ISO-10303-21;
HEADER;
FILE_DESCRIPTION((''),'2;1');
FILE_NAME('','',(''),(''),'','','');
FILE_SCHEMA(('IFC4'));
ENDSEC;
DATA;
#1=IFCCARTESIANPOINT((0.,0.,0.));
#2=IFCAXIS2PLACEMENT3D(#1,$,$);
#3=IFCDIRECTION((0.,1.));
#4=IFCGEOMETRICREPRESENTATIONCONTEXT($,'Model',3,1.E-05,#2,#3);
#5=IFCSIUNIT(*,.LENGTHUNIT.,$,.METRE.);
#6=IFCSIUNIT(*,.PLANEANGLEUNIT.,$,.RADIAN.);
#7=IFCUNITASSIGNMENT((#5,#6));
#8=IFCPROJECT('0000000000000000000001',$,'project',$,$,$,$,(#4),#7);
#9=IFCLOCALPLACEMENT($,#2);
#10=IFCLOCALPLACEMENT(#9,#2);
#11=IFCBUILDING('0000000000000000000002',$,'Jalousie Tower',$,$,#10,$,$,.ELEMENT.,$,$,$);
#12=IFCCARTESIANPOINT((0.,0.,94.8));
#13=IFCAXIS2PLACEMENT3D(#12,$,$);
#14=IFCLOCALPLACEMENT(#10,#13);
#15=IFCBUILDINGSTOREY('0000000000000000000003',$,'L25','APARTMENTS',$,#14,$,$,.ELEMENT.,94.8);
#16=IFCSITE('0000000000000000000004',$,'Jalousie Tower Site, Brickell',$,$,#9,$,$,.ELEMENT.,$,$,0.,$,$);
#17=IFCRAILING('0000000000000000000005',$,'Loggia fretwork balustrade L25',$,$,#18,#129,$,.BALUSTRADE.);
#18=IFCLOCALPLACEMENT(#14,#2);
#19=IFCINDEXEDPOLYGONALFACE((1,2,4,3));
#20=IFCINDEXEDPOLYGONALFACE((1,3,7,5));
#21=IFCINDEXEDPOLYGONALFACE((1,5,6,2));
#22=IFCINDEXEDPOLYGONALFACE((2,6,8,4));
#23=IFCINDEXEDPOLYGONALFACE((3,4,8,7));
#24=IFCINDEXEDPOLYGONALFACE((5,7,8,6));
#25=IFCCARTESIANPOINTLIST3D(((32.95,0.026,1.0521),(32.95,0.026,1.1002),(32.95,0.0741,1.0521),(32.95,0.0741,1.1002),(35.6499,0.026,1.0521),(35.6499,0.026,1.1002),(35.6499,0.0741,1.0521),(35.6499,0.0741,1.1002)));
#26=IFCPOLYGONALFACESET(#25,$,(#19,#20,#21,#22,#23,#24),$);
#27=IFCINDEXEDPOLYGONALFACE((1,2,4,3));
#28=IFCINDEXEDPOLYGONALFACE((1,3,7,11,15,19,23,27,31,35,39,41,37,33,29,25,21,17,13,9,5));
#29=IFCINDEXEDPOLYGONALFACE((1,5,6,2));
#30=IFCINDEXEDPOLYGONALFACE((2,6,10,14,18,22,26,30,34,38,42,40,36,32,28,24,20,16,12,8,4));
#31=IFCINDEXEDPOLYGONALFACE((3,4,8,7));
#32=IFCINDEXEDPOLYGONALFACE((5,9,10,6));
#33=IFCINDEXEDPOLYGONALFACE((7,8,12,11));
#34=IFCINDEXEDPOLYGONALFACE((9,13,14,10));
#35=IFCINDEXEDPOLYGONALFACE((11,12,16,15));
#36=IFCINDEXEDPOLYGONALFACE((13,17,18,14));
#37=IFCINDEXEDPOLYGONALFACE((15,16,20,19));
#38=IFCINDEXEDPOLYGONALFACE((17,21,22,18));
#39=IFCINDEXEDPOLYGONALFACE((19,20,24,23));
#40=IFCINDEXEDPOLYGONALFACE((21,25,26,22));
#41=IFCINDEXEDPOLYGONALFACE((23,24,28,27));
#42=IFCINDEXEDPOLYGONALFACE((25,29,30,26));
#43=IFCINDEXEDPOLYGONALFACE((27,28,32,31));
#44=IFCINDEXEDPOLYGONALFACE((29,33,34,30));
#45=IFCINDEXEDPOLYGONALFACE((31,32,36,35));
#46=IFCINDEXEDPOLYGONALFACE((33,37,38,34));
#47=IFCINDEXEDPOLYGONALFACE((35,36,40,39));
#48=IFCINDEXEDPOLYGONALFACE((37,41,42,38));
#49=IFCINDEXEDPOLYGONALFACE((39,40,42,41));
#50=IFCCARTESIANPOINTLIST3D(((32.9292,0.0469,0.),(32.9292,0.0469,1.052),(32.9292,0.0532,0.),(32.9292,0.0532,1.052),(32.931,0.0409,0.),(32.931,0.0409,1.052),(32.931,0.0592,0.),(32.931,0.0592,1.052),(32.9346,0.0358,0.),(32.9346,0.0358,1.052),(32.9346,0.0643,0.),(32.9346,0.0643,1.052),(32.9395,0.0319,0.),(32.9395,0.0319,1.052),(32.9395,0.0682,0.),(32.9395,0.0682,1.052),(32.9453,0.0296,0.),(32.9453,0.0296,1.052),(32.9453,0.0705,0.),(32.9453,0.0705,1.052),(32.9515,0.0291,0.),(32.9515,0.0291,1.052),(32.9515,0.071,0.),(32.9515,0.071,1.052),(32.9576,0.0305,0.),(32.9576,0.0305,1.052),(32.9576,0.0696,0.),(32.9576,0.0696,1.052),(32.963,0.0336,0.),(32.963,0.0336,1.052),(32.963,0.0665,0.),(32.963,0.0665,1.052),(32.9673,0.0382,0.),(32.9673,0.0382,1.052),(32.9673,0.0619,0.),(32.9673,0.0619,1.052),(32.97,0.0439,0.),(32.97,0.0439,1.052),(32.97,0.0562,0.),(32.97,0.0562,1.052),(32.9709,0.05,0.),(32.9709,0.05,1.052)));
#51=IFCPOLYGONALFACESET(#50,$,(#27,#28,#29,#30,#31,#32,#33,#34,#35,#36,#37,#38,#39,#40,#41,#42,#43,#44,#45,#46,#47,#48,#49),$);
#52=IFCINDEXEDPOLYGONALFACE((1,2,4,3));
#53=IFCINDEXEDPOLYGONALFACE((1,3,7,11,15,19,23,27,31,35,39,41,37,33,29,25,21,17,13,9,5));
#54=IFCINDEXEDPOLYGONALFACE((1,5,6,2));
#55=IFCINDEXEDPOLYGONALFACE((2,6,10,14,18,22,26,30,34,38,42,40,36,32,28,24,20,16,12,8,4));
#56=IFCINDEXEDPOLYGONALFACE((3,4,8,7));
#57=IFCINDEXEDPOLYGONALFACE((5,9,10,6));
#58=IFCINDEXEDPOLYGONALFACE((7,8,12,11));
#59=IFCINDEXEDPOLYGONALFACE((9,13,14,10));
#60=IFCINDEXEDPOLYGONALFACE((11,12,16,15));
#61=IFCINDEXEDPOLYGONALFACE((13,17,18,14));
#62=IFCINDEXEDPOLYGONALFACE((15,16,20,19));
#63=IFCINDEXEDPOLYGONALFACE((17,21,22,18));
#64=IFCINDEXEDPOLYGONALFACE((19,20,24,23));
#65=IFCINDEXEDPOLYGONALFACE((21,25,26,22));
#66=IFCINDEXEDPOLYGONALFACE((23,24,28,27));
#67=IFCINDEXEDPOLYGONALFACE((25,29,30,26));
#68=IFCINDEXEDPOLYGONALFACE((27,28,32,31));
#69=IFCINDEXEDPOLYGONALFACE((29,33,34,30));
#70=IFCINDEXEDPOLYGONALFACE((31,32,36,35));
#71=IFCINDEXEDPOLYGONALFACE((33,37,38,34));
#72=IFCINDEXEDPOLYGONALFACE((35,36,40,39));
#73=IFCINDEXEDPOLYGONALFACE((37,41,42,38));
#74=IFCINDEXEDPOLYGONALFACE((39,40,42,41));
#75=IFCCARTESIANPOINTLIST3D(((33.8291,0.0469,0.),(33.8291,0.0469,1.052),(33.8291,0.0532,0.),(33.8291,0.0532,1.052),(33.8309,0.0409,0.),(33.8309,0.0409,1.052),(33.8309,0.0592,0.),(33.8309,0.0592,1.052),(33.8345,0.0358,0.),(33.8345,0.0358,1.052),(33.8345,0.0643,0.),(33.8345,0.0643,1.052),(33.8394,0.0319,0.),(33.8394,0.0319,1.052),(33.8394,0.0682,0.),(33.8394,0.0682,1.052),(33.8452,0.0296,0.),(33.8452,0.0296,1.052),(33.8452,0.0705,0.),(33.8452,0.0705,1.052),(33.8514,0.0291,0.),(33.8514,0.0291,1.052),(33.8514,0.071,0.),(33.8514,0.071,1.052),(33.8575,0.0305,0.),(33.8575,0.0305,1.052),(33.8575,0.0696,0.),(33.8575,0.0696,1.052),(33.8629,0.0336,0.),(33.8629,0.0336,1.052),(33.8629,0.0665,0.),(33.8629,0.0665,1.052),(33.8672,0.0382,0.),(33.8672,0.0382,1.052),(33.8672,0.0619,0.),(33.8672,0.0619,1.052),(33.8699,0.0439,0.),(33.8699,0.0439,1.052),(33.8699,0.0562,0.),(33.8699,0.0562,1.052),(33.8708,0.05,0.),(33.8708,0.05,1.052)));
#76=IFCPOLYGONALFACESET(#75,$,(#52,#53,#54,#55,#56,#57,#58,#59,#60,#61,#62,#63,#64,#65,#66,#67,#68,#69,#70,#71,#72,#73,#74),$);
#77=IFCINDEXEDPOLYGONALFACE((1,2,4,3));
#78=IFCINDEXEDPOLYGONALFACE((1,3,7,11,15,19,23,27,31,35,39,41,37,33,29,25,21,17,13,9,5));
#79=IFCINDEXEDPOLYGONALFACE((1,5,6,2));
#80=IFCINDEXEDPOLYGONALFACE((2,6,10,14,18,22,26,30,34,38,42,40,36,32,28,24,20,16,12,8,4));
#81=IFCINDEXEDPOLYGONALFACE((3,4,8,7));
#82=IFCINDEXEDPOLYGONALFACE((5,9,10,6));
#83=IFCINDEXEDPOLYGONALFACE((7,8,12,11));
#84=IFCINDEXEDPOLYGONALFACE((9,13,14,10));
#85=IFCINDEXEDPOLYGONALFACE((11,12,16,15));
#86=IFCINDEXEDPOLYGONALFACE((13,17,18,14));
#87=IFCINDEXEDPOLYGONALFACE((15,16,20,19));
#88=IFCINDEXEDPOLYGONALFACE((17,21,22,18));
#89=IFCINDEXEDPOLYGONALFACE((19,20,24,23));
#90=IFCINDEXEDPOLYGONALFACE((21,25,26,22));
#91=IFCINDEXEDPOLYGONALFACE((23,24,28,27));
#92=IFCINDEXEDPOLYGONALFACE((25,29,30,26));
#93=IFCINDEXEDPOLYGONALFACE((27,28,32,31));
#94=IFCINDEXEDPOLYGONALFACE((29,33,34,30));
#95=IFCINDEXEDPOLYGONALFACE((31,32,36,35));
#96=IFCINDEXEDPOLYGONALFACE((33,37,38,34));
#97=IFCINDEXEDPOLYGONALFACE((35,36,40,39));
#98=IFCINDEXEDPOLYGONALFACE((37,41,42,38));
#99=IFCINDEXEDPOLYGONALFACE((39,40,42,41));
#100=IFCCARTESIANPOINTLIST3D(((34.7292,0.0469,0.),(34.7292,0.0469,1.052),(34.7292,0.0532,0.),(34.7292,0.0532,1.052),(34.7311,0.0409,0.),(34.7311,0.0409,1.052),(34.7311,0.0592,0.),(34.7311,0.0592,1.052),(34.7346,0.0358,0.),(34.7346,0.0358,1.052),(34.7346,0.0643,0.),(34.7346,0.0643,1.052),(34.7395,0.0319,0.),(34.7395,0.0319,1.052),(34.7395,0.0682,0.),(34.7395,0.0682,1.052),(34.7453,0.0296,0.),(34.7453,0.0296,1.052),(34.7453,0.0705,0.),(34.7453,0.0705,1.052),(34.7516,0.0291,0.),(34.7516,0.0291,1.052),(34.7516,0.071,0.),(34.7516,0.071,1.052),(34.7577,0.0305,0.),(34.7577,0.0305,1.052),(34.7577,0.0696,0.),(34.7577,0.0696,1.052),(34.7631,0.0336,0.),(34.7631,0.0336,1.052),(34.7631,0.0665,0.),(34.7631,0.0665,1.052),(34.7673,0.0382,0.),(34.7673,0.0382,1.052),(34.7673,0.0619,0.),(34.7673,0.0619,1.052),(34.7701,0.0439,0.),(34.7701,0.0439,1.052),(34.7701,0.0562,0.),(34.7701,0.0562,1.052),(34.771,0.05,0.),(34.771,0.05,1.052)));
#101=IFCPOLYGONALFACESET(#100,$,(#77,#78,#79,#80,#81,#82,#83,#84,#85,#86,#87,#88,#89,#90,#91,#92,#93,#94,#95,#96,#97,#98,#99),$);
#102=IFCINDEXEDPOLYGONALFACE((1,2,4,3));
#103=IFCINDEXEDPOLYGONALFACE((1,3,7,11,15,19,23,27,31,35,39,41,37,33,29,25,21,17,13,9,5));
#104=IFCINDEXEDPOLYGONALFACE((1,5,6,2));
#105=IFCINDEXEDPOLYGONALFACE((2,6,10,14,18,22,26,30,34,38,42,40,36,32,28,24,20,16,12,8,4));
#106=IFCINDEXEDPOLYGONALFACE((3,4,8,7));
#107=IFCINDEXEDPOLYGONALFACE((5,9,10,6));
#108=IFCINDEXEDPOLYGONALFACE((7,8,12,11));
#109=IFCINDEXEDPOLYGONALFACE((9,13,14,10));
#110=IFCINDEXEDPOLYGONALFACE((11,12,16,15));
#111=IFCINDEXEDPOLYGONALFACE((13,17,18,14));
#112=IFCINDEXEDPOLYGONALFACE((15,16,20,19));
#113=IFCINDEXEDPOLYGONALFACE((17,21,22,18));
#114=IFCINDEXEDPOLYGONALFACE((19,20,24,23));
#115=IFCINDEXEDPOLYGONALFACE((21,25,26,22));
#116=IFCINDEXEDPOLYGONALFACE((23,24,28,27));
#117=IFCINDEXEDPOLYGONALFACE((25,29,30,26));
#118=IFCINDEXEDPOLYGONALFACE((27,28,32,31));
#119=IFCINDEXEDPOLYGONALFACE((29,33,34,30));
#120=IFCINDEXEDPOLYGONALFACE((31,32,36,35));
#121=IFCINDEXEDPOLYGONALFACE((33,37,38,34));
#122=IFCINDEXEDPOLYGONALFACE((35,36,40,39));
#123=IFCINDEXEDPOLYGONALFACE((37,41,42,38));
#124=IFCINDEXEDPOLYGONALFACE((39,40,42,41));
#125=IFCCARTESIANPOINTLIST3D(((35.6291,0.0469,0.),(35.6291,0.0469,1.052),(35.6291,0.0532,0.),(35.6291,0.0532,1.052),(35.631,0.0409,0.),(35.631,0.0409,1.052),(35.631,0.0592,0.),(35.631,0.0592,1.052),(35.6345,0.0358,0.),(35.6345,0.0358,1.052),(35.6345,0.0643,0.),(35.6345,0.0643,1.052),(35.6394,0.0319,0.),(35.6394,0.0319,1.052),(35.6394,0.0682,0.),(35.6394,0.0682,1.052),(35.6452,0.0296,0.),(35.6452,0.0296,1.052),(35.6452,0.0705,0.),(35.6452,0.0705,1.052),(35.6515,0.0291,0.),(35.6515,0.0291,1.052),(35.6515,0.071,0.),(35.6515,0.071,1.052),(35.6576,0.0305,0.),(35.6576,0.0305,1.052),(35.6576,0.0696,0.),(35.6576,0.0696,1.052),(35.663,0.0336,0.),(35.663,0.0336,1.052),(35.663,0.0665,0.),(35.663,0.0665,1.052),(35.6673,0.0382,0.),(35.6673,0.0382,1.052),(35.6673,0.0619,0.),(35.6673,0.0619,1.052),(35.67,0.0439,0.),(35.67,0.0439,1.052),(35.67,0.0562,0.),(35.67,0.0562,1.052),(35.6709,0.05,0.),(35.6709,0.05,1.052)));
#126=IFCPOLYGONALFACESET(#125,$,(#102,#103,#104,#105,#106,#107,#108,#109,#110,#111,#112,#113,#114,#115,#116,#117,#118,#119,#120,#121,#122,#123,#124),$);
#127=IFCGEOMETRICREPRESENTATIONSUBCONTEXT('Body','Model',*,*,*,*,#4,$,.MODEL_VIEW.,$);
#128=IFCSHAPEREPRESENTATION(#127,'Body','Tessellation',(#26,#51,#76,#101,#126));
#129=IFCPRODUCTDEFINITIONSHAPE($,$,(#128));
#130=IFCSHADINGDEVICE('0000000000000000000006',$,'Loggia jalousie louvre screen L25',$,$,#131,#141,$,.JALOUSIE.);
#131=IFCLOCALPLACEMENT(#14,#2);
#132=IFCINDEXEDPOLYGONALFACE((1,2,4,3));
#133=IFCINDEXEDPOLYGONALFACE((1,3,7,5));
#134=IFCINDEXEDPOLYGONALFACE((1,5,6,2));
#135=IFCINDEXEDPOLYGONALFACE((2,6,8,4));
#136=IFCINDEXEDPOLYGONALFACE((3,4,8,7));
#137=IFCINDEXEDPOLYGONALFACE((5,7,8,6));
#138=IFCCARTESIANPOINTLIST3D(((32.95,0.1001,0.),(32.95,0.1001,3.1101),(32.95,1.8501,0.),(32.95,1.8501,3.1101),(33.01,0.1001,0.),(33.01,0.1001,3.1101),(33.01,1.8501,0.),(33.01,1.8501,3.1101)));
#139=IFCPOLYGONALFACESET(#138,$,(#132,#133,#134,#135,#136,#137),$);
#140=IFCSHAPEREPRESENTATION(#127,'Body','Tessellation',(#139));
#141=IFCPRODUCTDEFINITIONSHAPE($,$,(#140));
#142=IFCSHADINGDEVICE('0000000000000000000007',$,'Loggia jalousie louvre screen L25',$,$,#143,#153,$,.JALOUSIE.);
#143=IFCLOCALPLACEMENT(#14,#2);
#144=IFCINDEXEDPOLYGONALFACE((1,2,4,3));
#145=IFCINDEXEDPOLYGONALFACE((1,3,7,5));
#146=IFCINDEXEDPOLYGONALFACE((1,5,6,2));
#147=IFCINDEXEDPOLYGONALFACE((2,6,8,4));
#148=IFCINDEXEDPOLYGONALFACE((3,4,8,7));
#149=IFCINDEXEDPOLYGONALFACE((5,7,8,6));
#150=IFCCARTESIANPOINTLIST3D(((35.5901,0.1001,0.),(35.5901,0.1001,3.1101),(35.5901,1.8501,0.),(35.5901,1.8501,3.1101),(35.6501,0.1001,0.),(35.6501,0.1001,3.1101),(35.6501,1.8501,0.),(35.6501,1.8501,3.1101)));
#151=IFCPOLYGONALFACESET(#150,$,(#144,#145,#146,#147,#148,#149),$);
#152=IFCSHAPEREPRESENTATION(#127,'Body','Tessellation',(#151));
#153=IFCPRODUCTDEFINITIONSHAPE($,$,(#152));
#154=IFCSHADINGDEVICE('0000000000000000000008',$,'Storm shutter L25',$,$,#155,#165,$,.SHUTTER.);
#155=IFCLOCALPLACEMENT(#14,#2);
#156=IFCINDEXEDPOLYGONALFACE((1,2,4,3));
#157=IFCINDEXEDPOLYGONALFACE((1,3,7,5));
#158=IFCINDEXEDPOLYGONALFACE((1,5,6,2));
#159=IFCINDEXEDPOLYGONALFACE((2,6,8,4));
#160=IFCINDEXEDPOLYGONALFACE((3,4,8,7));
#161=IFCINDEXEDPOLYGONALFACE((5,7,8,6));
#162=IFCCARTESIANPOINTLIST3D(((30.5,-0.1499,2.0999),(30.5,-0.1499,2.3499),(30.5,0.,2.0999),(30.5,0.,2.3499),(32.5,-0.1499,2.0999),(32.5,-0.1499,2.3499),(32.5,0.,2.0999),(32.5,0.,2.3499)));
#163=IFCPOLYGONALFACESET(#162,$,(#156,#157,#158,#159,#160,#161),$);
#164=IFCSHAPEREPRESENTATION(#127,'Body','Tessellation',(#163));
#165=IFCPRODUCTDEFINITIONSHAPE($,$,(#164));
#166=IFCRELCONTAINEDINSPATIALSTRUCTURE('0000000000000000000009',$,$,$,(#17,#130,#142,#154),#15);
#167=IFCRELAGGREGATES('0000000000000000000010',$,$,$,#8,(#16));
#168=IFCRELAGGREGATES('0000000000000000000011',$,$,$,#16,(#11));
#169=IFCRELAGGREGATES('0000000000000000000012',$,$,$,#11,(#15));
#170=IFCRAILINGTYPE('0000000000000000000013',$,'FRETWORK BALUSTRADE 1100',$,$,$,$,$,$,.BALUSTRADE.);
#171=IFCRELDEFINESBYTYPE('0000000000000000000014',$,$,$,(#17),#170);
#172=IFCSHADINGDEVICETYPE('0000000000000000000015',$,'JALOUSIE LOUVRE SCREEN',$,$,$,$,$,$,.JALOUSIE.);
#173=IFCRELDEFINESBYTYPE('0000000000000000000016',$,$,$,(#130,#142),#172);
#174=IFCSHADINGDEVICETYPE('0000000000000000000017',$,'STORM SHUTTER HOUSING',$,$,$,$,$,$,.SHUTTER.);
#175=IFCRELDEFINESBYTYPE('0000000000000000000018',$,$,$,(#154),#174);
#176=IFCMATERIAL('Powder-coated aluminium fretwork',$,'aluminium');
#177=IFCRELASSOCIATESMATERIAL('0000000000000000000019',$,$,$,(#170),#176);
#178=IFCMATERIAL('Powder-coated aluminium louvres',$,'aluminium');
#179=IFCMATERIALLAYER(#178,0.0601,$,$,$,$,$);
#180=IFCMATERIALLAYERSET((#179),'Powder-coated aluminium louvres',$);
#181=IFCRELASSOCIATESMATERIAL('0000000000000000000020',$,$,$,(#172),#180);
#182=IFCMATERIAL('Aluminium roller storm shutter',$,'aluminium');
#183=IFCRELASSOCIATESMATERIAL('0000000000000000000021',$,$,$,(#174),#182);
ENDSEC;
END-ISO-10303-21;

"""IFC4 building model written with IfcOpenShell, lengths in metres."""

from ifc_helpers import new_model, si_unit, direction, frame, origin, origin_2d, place, context, subcontext, project, spatial, rectangle, circle, extrude, material, layer, layer_set, type_object, element, save


model = new_model("IFC4")

# Units and contexts
model_context = context("Model", 3, precision=1e-05, world=origin(), true_north=direction((0.0, 1.0)))
body_context = subcontext(model_context, "Body", "Model", "MODEL_VIEW")
ifc_project = project(units=[si_unit("LENGTHUNIT", "METRE"), si_unit("PLANEANGLEUNIT", "RADIAN")], contexts=[model_context])

# Site, building, storey
site_placement = place(None, origin())
site = spatial("IfcSite", under=ifc_project, at=site_placement, Name="Jalousie Tower Site, Brickell", CompositionType="ELEMENT", RefElevation=0.0)
building_placement = place(site_placement, origin())
building = spatial("IfcBuilding", under=site, at=building_placement, Name="Jalousie Tower", CompositionType="ELEMENT")
storey_placement = place(building_placement, frame((0.0, 0.0, 94.8)))
storey = spatial("IfcBuildingStorey", under=building, at=storey_placement, Name="L25", Description="APARTMENTS", CompositionType="ELEMENT", Elevation=94.8)

# Railing
ifc_material_1 = material(Name="Powder-coated aluminium fretwork", Category="aluminium")
railing_type = type_object("IfcRailingType", Name="FRETWORK BALUSTRADE 1100", PredefinedType="BALUSTRADE", material=ifc_material_1)
railing_placement = place(storey_placement, frame((32.95, 0.05, 0.0)))
element("IfcRailing", 1, at=railing_placement, inside=storey, type_object=railing_type, Name="Loggia fretwork balustrade L25", PredefinedType="BALUSTRADE", context=body_context, shape_type="SweptSolid", body=[
    extrude(rectangle(XDim=0.0481, YDim=0.0481, at=origin_2d()), frame((0.0, 0.0, 1.0762), z_axis=(1.0, 0.0, 0.0), x_axis=(0.0, 1.0, 0.0)), (0.0, 0.0, 1.0), 2.7),
    extrude(circle(Radius=0.021, at=origin_2d()), origin(), (0.0, 0.0, 1.0), 1.052),
    extrude(circle(Radius=0.021, at=origin_2d()), frame((0.8999, 0.0, 0.0)), (0.0, 0.0, 1.0), 1.052),
    extrude(circle(Radius=0.021, at=origin_2d()), frame((1.8, 0.0, 0.0)), (0.0, 0.0, 1.0), 1.052),
    extrude(circle(Radius=0.021, at=origin_2d()), frame((2.7, 0.0, 0.0)), (0.0, 0.0, 1.0), 1.052),
])

# Shading devices
ifc_material_2 = material(Name="Powder-coated aluminium louvres", Category="aluminium")
ifc_layer_1 = layer(ifc_material_2, 0.0601)
ifc_layer_set_1 = layer_set([ifc_layer_1], Name="Powder-coated aluminium louvres")
shading_device_type_1 = type_object("IfcShadingDeviceType", Name="JALOUSIE LOUVRE SCREEN", PredefinedType="JALOUSIE", material=ifc_layer_set_1)
for number, where, z_axis, x_axis, name in (
    (2, (32.98, 0.9751, 0.0), (0.0, 0.0, 1.0), (1.0, 0.0, 0.0), "Loggia jalousie louvre screen L25"),
    (3, (35.6201, 0.9751, 0.0), (0.0, 0.0, 1.0), (1.0, 0.0, 0.0), "Loggia jalousie louvre screen L25"),
):
    element("IfcShadingDevice", number, at=place(storey_placement, frame(where, z_axis=z_axis, x_axis=x_axis)), inside=storey, type_object=shading_device_type_1, Name=name, PredefinedType="JALOUSIE", context=body_context, shape_type="SweptSolid", body=[
        extrude(rectangle(XDim=0.0601, YDim=1.75, at=origin_2d()), origin(), (0.0, 0.0, 1.0), 3.1101),
    ])
ifc_material_3 = material(Name="Aluminium roller storm shutter", Category="aluminium")
shading_device_type_2 = type_object("IfcShadingDeviceType", Name="STORM SHUTTER HOUSING", PredefinedType="SHUTTER", material=ifc_material_3)
shading_device_placement = place(storey_placement, frame((31.5, -0.075, 2.0999), z_axis=(0.0, 0.0, 1.0), x_axis=(1.0, 0.0, 0.0)))
element("IfcShadingDevice", 4, at=shading_device_placement, inside=storey, type_object=shading_device_type_2, Name="Storm shutter L25", PredefinedType="SHUTTER", context=body_context, shape_type="SweptSolid", body=[
    extrude(rectangle(XDim=2.0, YDim=0.1499, at=origin_2d()), origin(), (0.0, 0.0, 1.0), 0.25),
])

save(model, "model.ifc")
